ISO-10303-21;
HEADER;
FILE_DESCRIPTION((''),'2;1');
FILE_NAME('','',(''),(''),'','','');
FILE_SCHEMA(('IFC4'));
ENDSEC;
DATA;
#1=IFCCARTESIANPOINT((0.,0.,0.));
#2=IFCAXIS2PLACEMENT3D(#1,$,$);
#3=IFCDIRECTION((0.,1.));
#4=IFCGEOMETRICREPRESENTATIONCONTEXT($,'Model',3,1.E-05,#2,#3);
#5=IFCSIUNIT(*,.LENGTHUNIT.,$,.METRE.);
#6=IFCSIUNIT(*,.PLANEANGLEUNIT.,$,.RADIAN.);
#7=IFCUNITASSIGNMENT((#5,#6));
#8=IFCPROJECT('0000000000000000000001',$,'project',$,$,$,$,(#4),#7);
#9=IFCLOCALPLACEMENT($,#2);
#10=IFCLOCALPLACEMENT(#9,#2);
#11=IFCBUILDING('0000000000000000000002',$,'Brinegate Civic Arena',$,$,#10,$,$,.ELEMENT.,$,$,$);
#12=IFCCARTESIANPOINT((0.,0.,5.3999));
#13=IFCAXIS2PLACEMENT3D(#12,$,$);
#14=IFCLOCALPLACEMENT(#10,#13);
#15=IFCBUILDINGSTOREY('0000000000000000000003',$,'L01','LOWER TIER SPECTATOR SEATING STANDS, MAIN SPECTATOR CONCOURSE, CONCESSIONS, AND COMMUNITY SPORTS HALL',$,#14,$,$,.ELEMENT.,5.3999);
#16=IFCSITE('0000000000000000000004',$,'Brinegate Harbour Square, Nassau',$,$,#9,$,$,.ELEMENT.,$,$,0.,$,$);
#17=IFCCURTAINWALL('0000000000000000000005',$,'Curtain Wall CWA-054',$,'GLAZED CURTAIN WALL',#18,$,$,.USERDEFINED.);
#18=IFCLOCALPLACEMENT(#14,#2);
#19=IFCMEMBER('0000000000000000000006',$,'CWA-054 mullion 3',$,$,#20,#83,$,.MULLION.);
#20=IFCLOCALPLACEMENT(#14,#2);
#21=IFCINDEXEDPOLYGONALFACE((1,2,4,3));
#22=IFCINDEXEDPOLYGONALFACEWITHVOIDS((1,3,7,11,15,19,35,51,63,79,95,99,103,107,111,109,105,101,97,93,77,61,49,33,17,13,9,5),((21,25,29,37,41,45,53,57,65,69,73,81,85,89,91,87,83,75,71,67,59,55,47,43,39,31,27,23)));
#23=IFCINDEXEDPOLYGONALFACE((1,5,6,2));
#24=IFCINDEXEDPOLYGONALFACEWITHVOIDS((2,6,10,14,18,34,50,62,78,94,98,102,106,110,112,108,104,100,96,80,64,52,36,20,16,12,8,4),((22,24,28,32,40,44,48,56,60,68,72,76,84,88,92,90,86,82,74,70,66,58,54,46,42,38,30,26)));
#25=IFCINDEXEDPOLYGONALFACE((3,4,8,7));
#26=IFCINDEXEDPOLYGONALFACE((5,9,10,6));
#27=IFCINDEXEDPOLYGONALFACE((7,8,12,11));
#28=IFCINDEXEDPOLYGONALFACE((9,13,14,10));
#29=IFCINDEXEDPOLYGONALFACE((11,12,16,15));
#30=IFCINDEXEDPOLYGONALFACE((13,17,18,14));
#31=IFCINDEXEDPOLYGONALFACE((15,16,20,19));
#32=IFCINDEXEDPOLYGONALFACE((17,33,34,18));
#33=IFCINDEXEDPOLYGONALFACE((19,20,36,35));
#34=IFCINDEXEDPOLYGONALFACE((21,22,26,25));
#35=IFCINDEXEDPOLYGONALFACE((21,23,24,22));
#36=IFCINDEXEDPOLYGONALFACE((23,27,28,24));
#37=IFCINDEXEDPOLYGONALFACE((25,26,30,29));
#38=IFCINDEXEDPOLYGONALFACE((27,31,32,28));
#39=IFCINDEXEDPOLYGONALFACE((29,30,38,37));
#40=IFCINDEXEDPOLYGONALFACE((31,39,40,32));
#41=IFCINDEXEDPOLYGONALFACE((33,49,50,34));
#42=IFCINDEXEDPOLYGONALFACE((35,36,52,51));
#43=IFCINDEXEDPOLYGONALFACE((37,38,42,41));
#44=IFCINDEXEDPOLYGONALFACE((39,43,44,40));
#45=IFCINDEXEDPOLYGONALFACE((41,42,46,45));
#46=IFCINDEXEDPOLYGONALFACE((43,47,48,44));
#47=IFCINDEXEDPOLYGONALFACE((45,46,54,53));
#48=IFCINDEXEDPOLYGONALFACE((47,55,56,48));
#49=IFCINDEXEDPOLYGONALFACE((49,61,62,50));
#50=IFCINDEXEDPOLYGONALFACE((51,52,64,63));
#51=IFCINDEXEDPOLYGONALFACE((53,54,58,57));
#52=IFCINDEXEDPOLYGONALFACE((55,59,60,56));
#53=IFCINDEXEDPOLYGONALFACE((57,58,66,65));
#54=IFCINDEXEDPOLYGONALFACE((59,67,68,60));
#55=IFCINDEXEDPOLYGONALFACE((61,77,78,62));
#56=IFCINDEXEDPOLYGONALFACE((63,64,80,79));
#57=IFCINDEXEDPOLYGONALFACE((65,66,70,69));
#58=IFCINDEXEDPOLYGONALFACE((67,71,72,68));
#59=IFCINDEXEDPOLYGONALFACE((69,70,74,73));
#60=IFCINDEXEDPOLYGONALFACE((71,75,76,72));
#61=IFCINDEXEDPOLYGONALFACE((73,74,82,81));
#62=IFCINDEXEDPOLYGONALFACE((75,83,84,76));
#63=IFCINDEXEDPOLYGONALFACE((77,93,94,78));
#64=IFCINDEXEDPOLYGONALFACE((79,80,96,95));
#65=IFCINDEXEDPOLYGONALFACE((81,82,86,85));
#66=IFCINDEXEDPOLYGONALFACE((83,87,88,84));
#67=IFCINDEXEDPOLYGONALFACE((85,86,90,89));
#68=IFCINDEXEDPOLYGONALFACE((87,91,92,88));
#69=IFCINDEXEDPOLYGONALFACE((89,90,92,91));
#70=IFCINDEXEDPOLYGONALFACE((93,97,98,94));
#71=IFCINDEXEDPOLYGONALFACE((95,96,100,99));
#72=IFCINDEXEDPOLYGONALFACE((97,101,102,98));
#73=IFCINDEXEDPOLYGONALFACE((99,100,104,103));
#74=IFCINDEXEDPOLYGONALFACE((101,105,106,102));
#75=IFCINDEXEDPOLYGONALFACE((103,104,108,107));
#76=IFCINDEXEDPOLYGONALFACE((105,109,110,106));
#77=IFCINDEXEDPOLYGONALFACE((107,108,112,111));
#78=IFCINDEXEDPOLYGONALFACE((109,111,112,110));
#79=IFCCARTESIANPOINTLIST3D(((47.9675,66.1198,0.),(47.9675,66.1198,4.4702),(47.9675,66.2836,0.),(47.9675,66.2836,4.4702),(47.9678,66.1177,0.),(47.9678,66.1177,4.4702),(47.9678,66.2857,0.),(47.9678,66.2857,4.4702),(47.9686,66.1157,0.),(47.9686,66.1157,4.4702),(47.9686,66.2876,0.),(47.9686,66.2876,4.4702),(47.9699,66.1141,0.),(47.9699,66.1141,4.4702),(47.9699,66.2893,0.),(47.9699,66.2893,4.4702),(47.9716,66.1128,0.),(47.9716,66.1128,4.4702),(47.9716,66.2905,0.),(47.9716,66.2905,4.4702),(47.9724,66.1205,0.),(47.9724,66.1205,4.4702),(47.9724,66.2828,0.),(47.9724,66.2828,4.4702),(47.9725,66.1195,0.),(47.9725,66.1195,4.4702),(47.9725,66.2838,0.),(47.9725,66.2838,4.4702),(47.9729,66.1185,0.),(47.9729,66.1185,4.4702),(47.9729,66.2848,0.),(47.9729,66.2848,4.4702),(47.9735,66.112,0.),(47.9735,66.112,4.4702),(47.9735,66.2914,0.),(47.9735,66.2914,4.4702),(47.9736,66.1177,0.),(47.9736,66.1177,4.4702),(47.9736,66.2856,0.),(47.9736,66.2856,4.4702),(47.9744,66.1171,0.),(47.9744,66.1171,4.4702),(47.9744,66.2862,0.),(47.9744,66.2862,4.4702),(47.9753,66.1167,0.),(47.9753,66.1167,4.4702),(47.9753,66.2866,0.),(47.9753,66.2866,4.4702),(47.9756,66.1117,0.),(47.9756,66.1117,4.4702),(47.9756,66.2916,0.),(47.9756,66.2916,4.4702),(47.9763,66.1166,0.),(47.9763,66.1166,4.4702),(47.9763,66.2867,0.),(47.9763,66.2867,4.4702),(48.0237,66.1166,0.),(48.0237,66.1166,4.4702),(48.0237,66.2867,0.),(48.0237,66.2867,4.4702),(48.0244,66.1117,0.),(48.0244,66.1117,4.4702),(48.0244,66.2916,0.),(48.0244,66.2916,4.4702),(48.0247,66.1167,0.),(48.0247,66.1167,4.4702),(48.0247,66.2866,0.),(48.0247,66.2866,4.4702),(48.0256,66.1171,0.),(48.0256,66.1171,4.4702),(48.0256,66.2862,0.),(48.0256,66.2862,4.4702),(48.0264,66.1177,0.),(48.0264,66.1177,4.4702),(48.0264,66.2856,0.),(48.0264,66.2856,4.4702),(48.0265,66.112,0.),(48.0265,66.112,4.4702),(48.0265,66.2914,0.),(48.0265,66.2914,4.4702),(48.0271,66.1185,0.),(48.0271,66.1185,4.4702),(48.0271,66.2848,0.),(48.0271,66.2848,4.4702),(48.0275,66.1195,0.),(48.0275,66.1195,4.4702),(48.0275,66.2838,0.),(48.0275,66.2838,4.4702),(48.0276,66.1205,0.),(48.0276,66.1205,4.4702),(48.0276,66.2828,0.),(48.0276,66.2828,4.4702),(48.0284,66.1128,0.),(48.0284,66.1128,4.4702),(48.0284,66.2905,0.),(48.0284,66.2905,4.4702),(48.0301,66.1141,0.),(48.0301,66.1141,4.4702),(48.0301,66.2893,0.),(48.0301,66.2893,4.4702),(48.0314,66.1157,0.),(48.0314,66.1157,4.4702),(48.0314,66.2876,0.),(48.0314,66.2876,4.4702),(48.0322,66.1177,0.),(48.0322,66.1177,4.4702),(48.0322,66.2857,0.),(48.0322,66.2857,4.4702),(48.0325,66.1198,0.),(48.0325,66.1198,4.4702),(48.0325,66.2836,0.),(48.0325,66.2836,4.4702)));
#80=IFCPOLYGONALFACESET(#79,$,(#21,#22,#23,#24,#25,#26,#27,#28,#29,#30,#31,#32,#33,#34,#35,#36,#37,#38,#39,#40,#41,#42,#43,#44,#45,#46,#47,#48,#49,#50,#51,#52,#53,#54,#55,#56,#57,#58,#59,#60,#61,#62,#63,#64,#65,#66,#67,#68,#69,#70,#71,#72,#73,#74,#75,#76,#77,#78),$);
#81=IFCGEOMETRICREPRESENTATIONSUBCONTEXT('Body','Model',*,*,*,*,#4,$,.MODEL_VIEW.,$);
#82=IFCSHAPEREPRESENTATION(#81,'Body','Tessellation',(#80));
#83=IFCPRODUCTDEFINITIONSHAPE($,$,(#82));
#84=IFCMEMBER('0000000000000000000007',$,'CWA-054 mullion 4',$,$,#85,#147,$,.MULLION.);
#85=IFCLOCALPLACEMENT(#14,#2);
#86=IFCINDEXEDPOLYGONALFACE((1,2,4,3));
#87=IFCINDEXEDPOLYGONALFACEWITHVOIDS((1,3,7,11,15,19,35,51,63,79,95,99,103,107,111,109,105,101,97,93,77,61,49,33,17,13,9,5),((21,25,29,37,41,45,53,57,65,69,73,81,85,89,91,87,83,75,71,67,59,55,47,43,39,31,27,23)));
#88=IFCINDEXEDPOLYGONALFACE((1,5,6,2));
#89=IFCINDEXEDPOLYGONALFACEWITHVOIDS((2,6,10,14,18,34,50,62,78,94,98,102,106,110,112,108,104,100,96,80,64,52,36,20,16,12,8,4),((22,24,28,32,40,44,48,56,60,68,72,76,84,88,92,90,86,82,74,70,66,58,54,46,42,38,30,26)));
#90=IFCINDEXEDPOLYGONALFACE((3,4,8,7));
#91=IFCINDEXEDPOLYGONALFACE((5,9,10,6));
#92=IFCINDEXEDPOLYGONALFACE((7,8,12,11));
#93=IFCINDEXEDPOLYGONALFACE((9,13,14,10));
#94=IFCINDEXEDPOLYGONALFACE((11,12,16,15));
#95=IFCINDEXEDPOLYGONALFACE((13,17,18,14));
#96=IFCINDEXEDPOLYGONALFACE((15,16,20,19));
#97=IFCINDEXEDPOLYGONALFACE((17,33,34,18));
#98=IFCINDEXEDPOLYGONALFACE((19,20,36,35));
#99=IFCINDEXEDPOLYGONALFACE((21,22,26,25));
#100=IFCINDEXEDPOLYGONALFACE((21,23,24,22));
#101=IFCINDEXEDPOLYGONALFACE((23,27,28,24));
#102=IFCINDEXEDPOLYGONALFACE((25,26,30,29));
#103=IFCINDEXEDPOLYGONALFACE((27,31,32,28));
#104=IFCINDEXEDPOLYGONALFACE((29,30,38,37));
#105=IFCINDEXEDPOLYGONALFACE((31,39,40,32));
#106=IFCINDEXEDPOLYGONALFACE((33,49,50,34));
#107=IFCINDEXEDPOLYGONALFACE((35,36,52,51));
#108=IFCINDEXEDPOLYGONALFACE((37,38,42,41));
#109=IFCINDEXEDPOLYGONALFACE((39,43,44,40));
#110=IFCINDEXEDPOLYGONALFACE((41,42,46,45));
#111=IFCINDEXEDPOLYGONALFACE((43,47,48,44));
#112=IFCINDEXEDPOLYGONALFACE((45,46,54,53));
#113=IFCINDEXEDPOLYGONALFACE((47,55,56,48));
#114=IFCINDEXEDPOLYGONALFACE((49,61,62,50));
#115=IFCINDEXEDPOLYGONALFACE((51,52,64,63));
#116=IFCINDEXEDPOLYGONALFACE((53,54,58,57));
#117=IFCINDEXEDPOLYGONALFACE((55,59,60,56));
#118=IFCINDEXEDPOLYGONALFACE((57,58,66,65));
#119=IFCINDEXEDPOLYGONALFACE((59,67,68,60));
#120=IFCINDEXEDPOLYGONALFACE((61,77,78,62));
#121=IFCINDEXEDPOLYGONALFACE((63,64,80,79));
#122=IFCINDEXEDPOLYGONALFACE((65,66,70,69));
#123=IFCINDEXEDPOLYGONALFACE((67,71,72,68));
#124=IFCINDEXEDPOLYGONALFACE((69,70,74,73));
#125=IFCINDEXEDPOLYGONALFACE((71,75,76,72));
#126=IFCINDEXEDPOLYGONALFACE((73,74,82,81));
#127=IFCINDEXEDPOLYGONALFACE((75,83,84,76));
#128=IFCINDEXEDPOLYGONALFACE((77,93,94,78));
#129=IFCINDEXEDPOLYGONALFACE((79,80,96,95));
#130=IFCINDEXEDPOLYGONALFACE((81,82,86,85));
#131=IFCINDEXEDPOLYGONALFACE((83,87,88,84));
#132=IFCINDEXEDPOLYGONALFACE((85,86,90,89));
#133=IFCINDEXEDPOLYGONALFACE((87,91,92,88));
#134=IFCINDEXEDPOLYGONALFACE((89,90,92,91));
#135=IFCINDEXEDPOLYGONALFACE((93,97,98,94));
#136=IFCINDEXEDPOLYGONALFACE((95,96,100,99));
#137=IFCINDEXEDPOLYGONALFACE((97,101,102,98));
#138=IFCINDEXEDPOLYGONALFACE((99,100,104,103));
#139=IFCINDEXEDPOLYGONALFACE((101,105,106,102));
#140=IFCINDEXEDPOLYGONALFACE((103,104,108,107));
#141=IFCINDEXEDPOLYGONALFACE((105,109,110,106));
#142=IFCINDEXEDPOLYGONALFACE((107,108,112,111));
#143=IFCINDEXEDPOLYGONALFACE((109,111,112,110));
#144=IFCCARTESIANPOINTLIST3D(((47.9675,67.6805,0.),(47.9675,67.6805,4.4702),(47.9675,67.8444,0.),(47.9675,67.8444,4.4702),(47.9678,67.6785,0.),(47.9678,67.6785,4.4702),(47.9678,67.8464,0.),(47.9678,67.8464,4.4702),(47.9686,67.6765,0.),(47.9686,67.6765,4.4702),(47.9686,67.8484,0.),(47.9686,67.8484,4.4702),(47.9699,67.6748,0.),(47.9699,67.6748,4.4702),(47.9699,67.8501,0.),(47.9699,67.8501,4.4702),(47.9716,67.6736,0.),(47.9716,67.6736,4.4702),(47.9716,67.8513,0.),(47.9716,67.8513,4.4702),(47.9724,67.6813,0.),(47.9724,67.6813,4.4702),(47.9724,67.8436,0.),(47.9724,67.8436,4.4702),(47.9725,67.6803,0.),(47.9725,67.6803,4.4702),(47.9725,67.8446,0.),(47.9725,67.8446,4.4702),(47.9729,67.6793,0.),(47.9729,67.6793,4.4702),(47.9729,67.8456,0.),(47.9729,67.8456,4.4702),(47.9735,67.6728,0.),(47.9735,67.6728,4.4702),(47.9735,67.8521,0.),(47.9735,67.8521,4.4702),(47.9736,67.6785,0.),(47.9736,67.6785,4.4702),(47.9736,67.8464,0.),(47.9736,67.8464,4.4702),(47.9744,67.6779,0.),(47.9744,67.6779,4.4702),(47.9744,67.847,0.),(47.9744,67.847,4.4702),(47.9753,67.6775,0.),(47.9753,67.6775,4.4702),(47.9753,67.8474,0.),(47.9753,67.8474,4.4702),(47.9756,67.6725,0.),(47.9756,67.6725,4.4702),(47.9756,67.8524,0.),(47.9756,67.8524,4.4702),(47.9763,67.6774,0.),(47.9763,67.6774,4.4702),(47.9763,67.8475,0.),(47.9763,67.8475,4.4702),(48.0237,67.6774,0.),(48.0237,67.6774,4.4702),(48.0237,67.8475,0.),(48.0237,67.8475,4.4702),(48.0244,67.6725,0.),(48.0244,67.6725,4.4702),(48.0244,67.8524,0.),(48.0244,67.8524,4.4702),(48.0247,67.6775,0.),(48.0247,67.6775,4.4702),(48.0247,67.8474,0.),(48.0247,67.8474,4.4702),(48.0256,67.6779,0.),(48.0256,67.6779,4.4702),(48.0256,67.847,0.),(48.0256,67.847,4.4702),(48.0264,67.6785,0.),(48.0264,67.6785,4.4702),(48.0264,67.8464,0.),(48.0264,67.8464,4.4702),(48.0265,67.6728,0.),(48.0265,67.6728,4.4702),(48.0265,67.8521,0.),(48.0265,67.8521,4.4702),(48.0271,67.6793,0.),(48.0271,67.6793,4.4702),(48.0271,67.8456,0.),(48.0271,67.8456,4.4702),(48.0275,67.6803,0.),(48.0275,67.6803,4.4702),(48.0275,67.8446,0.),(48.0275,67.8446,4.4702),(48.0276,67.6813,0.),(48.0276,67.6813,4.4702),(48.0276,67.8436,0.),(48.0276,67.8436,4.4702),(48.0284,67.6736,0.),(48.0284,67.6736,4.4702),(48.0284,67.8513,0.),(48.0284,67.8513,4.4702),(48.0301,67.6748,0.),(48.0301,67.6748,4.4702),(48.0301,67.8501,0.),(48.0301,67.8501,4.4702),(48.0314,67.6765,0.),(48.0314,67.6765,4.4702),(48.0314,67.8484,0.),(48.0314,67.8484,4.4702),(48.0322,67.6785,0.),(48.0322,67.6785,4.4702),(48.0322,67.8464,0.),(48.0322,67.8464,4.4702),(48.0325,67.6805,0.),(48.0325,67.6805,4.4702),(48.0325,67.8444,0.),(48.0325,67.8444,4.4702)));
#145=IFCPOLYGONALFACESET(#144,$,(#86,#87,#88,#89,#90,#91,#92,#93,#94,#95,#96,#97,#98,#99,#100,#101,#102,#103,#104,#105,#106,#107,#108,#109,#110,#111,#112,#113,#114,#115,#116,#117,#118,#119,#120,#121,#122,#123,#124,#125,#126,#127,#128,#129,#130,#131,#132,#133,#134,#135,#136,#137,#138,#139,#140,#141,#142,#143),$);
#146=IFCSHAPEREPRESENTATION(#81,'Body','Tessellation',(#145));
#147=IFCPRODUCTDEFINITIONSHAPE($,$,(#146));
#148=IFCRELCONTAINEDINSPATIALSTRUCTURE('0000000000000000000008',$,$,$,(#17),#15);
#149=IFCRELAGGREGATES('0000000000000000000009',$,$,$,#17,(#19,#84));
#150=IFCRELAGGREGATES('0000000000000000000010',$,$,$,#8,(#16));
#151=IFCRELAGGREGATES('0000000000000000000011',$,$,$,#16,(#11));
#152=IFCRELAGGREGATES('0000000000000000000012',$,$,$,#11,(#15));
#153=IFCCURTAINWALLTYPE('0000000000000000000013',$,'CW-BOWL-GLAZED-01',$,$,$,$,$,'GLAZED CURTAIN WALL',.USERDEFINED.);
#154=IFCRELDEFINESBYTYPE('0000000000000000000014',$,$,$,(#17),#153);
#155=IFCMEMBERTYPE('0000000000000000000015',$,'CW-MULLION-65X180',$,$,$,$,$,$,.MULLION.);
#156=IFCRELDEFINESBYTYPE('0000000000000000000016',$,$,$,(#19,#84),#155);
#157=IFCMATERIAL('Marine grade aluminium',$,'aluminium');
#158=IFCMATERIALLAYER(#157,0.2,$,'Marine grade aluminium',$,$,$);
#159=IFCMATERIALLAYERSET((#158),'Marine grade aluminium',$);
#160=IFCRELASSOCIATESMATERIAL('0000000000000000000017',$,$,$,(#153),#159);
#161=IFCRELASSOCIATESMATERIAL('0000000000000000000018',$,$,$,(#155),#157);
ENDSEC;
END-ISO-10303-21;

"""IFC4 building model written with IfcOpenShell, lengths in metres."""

from ifc_helpers import new_model, si_unit, direction, frame, origin, origin_2d, place, context, subcontext, project, spatial, hollow_rectangle, extrude, material, layer, layer_set, material_profile, profile_set, type_object, element, aggregate, save


model = new_model("IFC4")

# Units and contexts
model_context = context("Model", 3, precision=1e-05, world=origin(), true_north=direction((0.0, 1.0)))
body_context = subcontext(model_context, "Body", "Model", "MODEL_VIEW")
ifc_project = project(units=[si_unit("LENGTHUNIT", "METRE"), si_unit("PLANEANGLEUNIT", "RADIAN")], contexts=[model_context])

# Site, building, storey
site_placement = place(None, origin())
site = spatial("IfcSite", under=ifc_project, at=site_placement, Name="Brinegate Harbour Square, Nassau", CompositionType="ELEMENT", RefElevation=0.0)
building_placement = place(site_placement, origin())
building = spatial("IfcBuilding", under=site, at=building_placement, Name="Brinegate Civic Arena", CompositionType="ELEMENT")
storey_placement = place(building_placement, frame((0.0, 0.0, 5.3999)))
storey = spatial("IfcBuildingStorey", under=building, at=storey_placement, Name="L01", Description="LOWER TIER SPECTATOR SEATING STANDS, MAIN SPECTATOR CONCOURSE, CONCESSIONS, AND COMMUNITY SPORTS HALL", CompositionType="ELEMENT", Elevation=5.3999)

# Curtain wall, members
ifc_material_1 = material(Name="Marine grade aluminium", Category="aluminium")
ifc_layer_1 = layer(ifc_material_1, 0.2, Name="Marine grade aluminium")
ifc_layer_set_1 = layer_set([ifc_layer_1], Name="Marine grade aluminium")
curtain_wall_type = type_object("IfcCurtainWallType", Name="CW-BOWL-GLAZED-01", ElementType="GLAZED CURTAIN WALL", PredefinedType="USERDEFINED", material=ifc_layer_set_1)
curtain_wall_placement = place(storey_placement, origin())
curtain_wall = element("IfcCurtainWall", 1, at=curtain_wall_placement, inside=storey, type_object=curtain_wall_type, Name="Curtain Wall CWA-054", ObjectType="GLAZED CURTAIN WALL", PredefinedType="USERDEFINED")
ifc_material_profile_1 = material_profile(ifc_material_1, hollow_rectangle(XDim=0.0649, YDim=0.1799, WallThickness=0.0049, InnerFilletRadius=0.0039, OuterFilletRadius=0.0081, at=origin_2d()), Name="MUL65X180")
ifc_profile_set_1 = profile_set([ifc_material_profile_1], Name="Marine grade aluminium")
member_type_1 = type_object("IfcMemberType", Name="CW-MULLION-65X180", PredefinedType="MULLION", material=ifc_profile_set_1)
member_1_placement = place(storey_placement, frame((48.0, 66.2017, 0.0), z_axis=(0.0, 0.0, 1.0), x_axis=(-1.0, 0.0, 0.0)))
member_1 = element("IfcMember", 2, at=member_1_placement, type_object=member_type_1, Name="CWA-054 mullion 3", PredefinedType="MULLION", context=body_context, shape_type="SweptSolid", body=[
    extrude(hollow_rectangle(XDim=0.0649, YDim=0.1799, WallThickness=0.0049, InnerFilletRadius=0.0039, OuterFilletRadius=0.0081, at=origin_2d()), origin(), (0.0, 0.0, 1.0), 4.4702),
])
member_2_placement = place(storey_placement, frame((48.0, 67.7625, 0.0), z_axis=(0.0, 0.0, 1.0), x_axis=(-1.0, 0.0, 0.0)))
member_2 = element("IfcMember", 3, at=member_2_placement, type_object=member_type_1, Name="CWA-054 mullion 4", PredefinedType="MULLION", context=body_context, shape_type="SweptSolid", body=[
    extrude(hollow_rectangle(XDim=0.0649, YDim=0.1799, WallThickness=0.0049, InnerFilletRadius=0.0039, OuterFilletRadius=0.0081, at=origin_2d()), origin(), (0.0, 0.0, 1.0), 4.4702),
])
aggregate(curtain_wall, [member_1, member_2])

save(model, "model.ifc")
